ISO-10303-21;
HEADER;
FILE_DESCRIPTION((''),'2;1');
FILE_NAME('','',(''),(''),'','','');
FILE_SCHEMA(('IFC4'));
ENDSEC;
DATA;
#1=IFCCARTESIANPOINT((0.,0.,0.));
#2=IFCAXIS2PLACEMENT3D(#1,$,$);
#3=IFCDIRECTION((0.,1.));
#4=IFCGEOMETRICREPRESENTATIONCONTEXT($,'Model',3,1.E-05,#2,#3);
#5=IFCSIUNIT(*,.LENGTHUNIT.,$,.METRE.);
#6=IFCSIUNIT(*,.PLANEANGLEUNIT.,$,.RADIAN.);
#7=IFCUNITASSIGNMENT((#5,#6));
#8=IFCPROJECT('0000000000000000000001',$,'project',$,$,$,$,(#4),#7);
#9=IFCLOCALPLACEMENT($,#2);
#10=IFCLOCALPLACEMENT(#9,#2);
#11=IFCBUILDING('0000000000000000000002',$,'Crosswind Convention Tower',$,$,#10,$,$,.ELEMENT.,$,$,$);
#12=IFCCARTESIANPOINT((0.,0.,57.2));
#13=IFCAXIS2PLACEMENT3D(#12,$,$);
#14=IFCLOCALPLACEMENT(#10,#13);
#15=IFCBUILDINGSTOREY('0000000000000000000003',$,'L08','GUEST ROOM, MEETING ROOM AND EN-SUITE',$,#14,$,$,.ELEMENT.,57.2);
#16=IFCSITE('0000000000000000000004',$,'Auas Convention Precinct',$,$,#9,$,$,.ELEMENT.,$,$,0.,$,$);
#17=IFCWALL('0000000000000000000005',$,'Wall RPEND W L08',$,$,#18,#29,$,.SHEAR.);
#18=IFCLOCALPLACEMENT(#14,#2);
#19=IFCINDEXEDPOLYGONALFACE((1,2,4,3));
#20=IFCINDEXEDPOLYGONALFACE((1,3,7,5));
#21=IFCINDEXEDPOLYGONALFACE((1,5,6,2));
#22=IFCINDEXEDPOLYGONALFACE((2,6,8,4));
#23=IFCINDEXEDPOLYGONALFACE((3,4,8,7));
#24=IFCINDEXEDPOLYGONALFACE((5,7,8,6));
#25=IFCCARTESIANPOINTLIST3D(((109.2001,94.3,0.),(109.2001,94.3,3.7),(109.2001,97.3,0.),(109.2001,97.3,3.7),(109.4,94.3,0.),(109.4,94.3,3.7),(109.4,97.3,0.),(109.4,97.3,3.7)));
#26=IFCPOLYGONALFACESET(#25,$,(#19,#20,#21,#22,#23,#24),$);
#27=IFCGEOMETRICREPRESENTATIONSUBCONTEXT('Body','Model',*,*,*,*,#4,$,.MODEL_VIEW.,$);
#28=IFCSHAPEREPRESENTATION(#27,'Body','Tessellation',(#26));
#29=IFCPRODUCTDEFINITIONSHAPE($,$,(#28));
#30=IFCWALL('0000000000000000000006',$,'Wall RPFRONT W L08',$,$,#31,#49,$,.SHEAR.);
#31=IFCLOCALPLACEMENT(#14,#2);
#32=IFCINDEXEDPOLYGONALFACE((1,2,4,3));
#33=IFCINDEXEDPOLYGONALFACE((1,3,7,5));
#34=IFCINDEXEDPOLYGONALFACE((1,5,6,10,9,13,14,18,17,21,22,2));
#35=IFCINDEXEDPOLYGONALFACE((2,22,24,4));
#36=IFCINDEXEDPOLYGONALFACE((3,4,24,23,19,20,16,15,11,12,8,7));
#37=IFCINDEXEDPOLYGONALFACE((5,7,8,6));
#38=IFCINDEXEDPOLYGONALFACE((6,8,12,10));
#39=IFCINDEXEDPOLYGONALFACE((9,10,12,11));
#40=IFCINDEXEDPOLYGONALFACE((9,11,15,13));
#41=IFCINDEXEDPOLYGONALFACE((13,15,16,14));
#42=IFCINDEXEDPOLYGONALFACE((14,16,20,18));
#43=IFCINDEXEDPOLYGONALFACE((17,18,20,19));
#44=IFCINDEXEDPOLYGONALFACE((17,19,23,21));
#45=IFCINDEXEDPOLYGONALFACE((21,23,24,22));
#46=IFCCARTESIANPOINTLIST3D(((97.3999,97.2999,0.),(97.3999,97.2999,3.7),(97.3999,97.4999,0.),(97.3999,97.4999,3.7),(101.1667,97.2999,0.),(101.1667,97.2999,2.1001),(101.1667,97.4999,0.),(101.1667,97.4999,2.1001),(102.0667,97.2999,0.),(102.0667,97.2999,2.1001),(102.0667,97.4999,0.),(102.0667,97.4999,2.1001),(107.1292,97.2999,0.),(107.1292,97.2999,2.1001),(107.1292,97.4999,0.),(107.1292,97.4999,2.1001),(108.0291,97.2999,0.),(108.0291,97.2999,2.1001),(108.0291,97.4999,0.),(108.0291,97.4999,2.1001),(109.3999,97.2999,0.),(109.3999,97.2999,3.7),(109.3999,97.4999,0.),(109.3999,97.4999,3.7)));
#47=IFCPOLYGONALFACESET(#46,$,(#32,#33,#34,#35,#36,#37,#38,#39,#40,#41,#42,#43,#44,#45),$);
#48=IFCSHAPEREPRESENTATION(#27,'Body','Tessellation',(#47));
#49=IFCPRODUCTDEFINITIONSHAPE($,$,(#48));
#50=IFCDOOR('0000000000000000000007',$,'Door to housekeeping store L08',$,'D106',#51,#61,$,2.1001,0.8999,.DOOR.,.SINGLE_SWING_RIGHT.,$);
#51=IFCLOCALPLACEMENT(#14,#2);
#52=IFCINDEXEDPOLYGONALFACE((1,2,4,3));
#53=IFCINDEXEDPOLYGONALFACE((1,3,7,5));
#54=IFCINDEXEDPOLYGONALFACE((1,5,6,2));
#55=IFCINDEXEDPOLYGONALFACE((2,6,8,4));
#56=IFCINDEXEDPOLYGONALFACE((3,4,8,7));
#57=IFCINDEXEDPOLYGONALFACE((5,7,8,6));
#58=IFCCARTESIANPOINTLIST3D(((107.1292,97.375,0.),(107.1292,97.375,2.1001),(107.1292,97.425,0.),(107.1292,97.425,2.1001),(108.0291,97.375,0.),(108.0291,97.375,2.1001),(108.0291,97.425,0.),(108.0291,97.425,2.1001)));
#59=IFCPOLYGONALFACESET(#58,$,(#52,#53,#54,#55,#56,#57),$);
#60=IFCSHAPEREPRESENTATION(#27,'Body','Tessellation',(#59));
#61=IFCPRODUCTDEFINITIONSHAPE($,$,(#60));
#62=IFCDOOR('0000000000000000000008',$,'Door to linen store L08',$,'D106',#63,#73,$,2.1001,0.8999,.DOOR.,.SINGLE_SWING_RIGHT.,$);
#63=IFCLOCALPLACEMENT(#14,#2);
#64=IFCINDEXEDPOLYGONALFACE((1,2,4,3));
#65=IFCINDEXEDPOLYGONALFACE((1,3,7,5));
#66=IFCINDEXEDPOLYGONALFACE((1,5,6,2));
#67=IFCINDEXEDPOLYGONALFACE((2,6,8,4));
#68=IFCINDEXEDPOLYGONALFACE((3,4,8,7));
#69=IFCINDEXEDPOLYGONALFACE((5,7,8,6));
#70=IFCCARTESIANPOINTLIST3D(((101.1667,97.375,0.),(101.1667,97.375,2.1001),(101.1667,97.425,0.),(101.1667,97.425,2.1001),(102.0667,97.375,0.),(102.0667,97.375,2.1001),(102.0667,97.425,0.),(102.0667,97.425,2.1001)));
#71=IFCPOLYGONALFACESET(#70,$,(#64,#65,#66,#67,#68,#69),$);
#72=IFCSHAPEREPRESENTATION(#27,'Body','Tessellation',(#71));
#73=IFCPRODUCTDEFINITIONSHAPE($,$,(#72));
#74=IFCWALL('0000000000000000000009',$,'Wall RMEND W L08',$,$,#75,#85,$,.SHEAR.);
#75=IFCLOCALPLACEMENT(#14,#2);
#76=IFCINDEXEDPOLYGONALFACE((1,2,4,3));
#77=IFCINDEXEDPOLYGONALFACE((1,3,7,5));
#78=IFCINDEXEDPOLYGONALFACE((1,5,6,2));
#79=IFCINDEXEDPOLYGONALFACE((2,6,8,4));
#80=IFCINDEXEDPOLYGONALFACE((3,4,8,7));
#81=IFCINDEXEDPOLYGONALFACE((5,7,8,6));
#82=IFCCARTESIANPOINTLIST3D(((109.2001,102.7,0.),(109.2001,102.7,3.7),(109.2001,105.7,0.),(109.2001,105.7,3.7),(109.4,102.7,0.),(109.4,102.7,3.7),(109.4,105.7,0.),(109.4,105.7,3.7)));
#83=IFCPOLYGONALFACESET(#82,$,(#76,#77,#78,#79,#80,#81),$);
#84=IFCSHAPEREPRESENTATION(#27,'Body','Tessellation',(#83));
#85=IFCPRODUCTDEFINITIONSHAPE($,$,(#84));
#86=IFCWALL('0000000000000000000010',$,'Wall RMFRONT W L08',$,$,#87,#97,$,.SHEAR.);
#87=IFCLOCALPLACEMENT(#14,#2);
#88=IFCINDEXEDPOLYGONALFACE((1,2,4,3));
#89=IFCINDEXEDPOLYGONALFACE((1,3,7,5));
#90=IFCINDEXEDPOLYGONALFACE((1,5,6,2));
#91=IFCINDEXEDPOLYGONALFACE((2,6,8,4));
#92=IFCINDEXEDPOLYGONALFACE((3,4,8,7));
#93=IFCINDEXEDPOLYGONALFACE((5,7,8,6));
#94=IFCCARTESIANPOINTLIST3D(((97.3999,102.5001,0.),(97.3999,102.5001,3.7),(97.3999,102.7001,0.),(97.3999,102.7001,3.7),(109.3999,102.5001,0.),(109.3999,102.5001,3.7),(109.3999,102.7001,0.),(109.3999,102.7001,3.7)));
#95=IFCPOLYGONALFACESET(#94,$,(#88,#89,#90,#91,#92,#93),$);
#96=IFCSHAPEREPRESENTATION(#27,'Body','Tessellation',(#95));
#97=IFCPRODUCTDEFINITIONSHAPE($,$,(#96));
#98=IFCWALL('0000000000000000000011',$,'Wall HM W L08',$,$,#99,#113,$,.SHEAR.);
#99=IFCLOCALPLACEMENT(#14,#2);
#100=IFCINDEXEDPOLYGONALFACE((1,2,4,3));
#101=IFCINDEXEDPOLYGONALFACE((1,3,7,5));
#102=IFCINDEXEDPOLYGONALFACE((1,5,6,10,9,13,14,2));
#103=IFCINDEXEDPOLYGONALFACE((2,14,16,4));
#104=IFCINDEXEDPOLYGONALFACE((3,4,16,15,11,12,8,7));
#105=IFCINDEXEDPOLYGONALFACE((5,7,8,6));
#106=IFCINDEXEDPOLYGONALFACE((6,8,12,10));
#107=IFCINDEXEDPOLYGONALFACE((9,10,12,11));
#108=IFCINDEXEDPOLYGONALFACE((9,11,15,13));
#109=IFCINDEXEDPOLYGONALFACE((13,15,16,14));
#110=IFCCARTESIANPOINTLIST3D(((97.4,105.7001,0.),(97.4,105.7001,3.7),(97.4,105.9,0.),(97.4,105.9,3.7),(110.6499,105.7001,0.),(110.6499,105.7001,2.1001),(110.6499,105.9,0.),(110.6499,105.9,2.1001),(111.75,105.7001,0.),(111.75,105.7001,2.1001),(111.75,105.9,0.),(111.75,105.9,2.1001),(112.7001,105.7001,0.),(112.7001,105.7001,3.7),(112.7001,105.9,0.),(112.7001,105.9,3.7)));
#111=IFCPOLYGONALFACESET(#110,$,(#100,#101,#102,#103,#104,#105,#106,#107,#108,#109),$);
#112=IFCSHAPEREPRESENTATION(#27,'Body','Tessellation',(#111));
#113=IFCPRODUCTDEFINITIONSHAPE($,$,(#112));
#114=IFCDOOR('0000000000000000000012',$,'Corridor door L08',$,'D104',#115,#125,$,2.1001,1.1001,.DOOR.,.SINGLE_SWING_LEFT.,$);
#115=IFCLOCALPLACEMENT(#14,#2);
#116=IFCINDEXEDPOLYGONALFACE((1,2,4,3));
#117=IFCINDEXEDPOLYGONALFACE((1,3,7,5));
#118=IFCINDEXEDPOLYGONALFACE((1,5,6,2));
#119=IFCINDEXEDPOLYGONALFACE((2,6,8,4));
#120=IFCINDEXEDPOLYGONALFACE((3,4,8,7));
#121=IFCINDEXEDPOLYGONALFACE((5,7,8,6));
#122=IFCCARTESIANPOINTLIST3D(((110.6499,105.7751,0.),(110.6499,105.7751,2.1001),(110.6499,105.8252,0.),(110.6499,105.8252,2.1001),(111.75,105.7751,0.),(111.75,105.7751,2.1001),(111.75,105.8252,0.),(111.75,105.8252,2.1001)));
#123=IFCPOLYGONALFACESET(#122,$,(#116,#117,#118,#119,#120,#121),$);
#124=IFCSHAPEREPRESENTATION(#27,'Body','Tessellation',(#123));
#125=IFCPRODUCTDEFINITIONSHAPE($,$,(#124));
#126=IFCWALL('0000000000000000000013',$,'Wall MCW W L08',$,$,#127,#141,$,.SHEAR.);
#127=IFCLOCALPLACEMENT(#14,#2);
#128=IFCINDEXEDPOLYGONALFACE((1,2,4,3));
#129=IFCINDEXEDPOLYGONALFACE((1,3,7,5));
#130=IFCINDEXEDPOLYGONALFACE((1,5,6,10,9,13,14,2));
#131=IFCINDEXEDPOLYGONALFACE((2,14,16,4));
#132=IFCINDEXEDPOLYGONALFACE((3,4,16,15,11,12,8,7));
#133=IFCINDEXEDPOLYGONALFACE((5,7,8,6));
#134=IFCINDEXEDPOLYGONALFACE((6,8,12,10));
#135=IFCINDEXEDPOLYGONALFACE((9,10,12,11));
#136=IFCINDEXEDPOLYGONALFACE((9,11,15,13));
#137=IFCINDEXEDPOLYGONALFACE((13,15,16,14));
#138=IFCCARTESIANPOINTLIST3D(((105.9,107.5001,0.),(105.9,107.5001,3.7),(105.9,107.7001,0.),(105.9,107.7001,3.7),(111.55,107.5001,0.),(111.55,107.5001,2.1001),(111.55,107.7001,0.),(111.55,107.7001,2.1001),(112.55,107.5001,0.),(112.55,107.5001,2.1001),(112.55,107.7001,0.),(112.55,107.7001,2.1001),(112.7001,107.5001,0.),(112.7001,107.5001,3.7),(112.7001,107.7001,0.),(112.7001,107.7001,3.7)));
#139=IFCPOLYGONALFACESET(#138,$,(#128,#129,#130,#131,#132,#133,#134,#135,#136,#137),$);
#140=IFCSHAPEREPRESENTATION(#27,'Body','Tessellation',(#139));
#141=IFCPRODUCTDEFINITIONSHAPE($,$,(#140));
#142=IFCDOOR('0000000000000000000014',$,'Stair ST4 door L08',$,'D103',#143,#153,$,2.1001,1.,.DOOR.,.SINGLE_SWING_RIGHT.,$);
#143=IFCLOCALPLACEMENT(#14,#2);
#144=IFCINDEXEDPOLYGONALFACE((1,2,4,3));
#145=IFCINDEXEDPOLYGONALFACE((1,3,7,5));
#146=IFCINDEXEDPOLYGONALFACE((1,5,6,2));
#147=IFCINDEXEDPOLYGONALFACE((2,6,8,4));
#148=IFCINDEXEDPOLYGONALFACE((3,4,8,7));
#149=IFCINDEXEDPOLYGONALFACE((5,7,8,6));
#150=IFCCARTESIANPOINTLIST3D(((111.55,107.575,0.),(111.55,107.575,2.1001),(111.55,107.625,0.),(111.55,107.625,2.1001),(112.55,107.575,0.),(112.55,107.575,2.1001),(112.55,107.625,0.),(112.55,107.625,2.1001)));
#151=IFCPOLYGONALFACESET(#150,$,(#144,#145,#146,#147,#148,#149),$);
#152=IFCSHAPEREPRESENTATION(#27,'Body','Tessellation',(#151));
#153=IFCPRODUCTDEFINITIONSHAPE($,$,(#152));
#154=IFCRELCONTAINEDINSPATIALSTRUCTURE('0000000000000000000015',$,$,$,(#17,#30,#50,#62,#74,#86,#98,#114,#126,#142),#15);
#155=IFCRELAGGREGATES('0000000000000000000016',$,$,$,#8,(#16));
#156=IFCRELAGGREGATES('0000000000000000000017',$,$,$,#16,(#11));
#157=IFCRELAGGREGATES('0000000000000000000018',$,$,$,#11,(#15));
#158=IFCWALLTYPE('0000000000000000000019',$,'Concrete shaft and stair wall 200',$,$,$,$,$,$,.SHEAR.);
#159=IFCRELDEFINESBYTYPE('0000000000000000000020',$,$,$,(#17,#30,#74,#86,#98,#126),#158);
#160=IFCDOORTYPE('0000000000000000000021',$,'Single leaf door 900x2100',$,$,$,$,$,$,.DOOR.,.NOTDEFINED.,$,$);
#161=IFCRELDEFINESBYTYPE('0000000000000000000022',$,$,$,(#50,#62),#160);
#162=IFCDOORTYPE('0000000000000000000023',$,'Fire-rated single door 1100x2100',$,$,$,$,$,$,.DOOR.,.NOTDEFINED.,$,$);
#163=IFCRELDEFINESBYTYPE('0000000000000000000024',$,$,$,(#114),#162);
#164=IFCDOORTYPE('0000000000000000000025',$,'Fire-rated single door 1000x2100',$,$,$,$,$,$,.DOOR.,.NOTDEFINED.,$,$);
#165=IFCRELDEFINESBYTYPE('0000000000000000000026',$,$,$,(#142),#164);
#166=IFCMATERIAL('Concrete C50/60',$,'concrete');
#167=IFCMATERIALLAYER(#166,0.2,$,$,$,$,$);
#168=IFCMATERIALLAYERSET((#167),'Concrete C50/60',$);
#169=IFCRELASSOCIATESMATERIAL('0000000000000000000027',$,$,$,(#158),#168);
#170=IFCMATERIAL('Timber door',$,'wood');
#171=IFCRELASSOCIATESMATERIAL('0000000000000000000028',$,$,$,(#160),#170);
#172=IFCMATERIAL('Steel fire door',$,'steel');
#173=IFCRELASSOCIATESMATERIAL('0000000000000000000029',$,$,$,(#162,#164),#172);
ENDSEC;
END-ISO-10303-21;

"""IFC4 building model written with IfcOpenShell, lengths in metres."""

from ifc_helpers import new_model, si_unit, direction, frame, frame_2d, origin, place, context, subcontext, project, spatial, rectangle, extrude, material, layer, layer_set, type_object, element, fill, save


model = new_model("IFC4")

# Units and contexts
model_context = context("Model", 3, precision=1e-05, world=origin(), true_north=direction((0.0, 1.0)))
body_context = subcontext(model_context, "Body", "Model", "MODEL_VIEW")
ifc_project = project(units=[si_unit("LENGTHUNIT", "METRE"), si_unit("PLANEANGLEUNIT", "RADIAN")], contexts=[model_context])

# Site, building, storey
site_placement = place(None, origin())
site = spatial("IfcSite", under=ifc_project, at=site_placement, Name="Auas Convention Precinct", CompositionType="ELEMENT", RefElevation=0.0)
building_placement = place(site_placement, origin())
building = spatial("IfcBuilding", under=site, at=building_placement, Name="Crosswind Convention Tower", CompositionType="ELEMENT")
storey_placement = place(building_placement, frame((0.0, 0.0, 57.2)))
storey = spatial("IfcBuildingStorey", under=building, at=storey_placement, Name="L08", Description="GUEST ROOM, MEETING ROOM AND EN-SUITE", CompositionType="ELEMENT", Elevation=57.2)

# Shared definitions
ifc_material_1 = material(Name="Concrete C50/60", Category="concrete")

# Wall
ifc_layer_1 = layer(ifc_material_1, 0.2)
ifc_layer_set_1 = layer_set([ifc_layer_1], Name="Concrete C50/60")
wall_type_1 = type_object("IfcWallType", Name="Concrete shaft and stair wall 200", PredefinedType="SHEAR", material=ifc_layer_set_1)
wall_1_placement = place(storey_placement, frame((109.3, 97.3, 0.0), z_axis=(0.0, 0.0, 1.0), x_axis=(0.0, -1.0, 0.0)))
element("IfcWall", 1, at=wall_1_placement, inside=storey, type_object=wall_type_1, Name="Wall RPEND W L08", PredefinedType="SHEAR", context=body_context, shape_type="SweptSolid", body=[
    extrude(rectangle(XDim=3.0, YDim=0.2, at=frame_2d((1.5, 0.0))), origin(), (0.0, 0.0, 1.0), 3.7),
])

# Wall, openings, doors
wall_2_placement = place(storey_placement, frame((109.3999, 97.3999, 0.0), z_axis=(0.0, 0.0, 1.0), x_axis=(-1.0, 0.0, 0.0)))
wall_2 = element("IfcWall", 2, at=wall_2_placement, inside=storey, type_object=wall_type_1, Name="Wall RPFRONT W L08", PredefinedType="SHEAR", context=body_context, shape_type="SweptSolid", body=[
    extrude(rectangle(XDim=12.0, YDim=0.2, at=frame_2d((6.0, 0.0))), origin(), (0.0, 0.0, 1.0), 3.7),
])
opening_1_placement = place(wall_2_placement, frame((1.3708, 0.0, 0.0)))
opening_1 = element("IfcOpeningElement", 3, at=opening_1_placement, cuts=wall_2, PredefinedType="OPENING", context=body_context, shape_type="SweptSolid", body=[
    extrude(rectangle(XDim=0.8999, YDim=2.1001, at=frame_2d((0.45, 1.05))), frame((0.0, 0.1099, 0.0), z_axis=(0.0, -1.0, 0.0), x_axis=(1.0, 0.0, 0.0)), (0.0, 0.0, 1.0), 0.22),
])
opening_2_placement = place(wall_2_placement, frame((7.3333, 0.0, 0.0)))
opening_2 = element("IfcOpeningElement", 4, at=opening_2_placement, cuts=wall_2, PredefinedType="OPENING", context=body_context, shape_type="SweptSolid", body=[
    extrude(rectangle(XDim=0.8999, YDim=2.1001, at=frame_2d((0.45, 1.05))), frame((0.0, 0.1099, 0.0), z_axis=(0.0, -1.0, 0.0), x_axis=(1.0, 0.0, 0.0)), (0.0, 0.0, 1.0), 0.22),
])
ifc_material_2 = material(Name="Timber door", Category="wood")
door_type_1 = type_object("IfcDoorType", Name="Single leaf door 900x2100", OperationType="NOTDEFINED", PredefinedType="DOOR", material=ifc_material_2)
door_1_placement = place(opening_1_placement, origin())
door_1 = element("IfcDoor", 5, at=door_1_placement, inside=storey, type_object=door_type_1, Name="Door to housekeeping store L08", ObjectType="D106", OperationType="SINGLE_SWING_RIGHT", OverallHeight=2.1001, OverallWidth=0.8999, PredefinedType="DOOR", context=body_context, shape_type="SweptSolid", body=[
    extrude(rectangle(XDim=0.8999, YDim=2.1001, at=frame_2d((0.45, 1.05))), frame((0.0, 0.0249, 0.0), z_axis=(0.0, -1.0, 0.0), x_axis=(1.0, 0.0, 0.0)), (0.0, 0.0, 1.0), 0.05),
])
fill(opening_1, door_1)
door_2_placement = place(opening_2_placement, origin())
door_2 = element("IfcDoor", 6, at=door_2_placement, inside=storey, type_object=door_type_1, Name="Door to linen store L08", ObjectType="D106", OperationType="SINGLE_SWING_RIGHT", OverallHeight=2.1001, OverallWidth=0.8999, PredefinedType="DOOR", context=body_context, shape_type="SweptSolid", body=[
    extrude(rectangle(XDim=0.8999, YDim=2.1001, at=frame_2d((0.45, 1.05))), frame((0.0, 0.0249, 0.0), z_axis=(0.0, -1.0, 0.0), x_axis=(1.0, 0.0, 0.0)), (0.0, 0.0, 1.0), 0.05),
])
fill(opening_2, door_2)

# Walls
wall_3_placement = place(storey_placement, frame((109.3, 105.7, 0.0), z_axis=(0.0, 0.0, 1.0), x_axis=(0.0, -1.0, 0.0)))
element("IfcWall", 7, at=wall_3_placement, inside=storey, type_object=wall_type_1, Name="Wall RMEND W L08", PredefinedType="SHEAR", context=body_context, shape_type="SweptSolid", body=[
    extrude(rectangle(XDim=3.0, YDim=0.2, at=frame_2d((1.5, 0.0))), origin(), (0.0, 0.0, 1.0), 3.7),
])
wall_4_placement = place(storey_placement, frame((109.3999, 102.6001, 0.0), z_axis=(0.0, 0.0, 1.0), x_axis=(-1.0, 0.0, 0.0)))
element("IfcWall", 8, at=wall_4_placement, inside=storey, type_object=wall_type_1, Name="Wall RMFRONT W L08", PredefinedType="SHEAR", context=body_context, shape_type="SweptSolid", body=[
    extrude(rectangle(XDim=12.0, YDim=0.2, at=frame_2d((6.0, 0.0))), origin(), (0.0, 0.0, 1.0), 3.7),
])

# Walls, openings, doors
wall_5_placement = place(storey_placement, frame((112.7, 105.8, 0.0), z_axis=(0.0, 0.0, 1.0), x_axis=(-1.0, 0.0, 0.0)))
wall_5 = element("IfcWall", 9, at=wall_5_placement, inside=storey, type_object=wall_type_1, Name="Wall HM W L08", PredefinedType="SHEAR", context=body_context, shape_type="SweptSolid", body=[
    extrude(rectangle(XDim=15.3, YDim=0.2, at=frame_2d((7.6499, 0.0))), origin(), (0.0, 0.0, 1.0), 3.7),
])
opening_3_placement = place(wall_5_placement, frame((0.95, 0.0, 0.0)))
opening_3 = element("IfcOpeningElement", 10, at=opening_3_placement, cuts=wall_5, PredefinedType="OPENING", context=body_context, shape_type="SweptSolid", body=[
    extrude(rectangle(XDim=1.1001, YDim=2.1001, at=frame_2d((0.55, 1.05))), frame((0.0, 0.1099, 0.0), z_axis=(0.0, -1.0, 0.0), x_axis=(1.0, 0.0, 0.0)), (0.0, 0.0, 1.0), 0.22),
])
ifc_material_3 = material(Name="Steel fire door", Category="steel")
door_type_2 = type_object("IfcDoorType", Name="Fire-rated single door 1100x2100", OperationType="NOTDEFINED", PredefinedType="DOOR", material=ifc_material_3)
door_3_placement = place(opening_3_placement, origin())
door_3 = element("IfcDoor", 11, at=door_3_placement, inside=storey, type_object=door_type_2, Name="Corridor door L08", ObjectType="D104", OperationType="SINGLE_SWING_LEFT", OverallHeight=2.1001, OverallWidth=1.1001, PredefinedType="DOOR", context=body_context, shape_type="SweptSolid", body=[
    extrude(rectangle(XDim=1.1001, YDim=2.1001, at=frame_2d((0.55, 1.05))), frame((0.0, 0.0249, 0.0), z_axis=(0.0, -1.0, 0.0), x_axis=(1.0, 0.0, 0.0)), (0.0, 0.0, 1.0), 0.05),
])
fill(opening_3, door_3)
wall_6_placement = place(storey_placement, frame((112.7, 107.6001, 0.0), z_axis=(0.0, 0.0, 1.0), x_axis=(-1.0, 0.0, 0.0)))
wall_6 = element("IfcWall", 12, at=wall_6_placement, inside=storey, type_object=wall_type_1, Name="Wall MCW W L08", PredefinedType="SHEAR", context=body_context, shape_type="SweptSolid", body=[
    extrude(rectangle(XDim=6.8, YDim=0.2, at=frame_2d((3.3999, 0.0))), origin(), (0.0, 0.0, 1.0), 3.7),
])
opening_4_placement = place(wall_6_placement, frame((0.1499, 0.0, 0.0)))
opening_4 = element("IfcOpeningElement", 13, at=opening_4_placement, cuts=wall_6, PredefinedType="OPENING", context=body_context, shape_type="SweptSolid", body=[
    extrude(rectangle(XDim=1.0, YDim=2.1001, at=frame_2d((0.5, 1.05))), frame((0.0, 0.1099, 0.0), z_axis=(0.0, -1.0, 0.0), x_axis=(1.0, 0.0, 0.0)), (0.0, 0.0, 1.0), 0.22),
])
door_type_3 = type_object("IfcDoorType", Name="Fire-rated single door 1000x2100", OperationType="NOTDEFINED", PredefinedType="DOOR", material=ifc_material_3)
door_4_placement = place(opening_4_placement, frame((1.0, 0.0, 0.0), z_axis=(0.0, 0.0, 1.0), x_axis=(-1.0, 0.0, 0.0)))
door_4 = element("IfcDoor", 14, at=door_4_placement, inside=storey, type_object=door_type_3, Name="Stair ST4 door L08", ObjectType="D103", OperationType="SINGLE_SWING_RIGHT", OverallHeight=2.1001, OverallWidth=1.0, PredefinedType="DOOR", context=body_context, shape_type="SweptSolid", body=[
    extrude(rectangle(XDim=1.0, YDim=2.1001, at=frame_2d((0.5, 1.05))), frame((0.0, 0.0249, 0.0), z_axis=(0.0, -1.0, 0.0), x_axis=(1.0, 0.0, 0.0)), (0.0, 0.0, 1.0), 0.05),
])
fill(opening_4, door_4)

save(model, "model.ifc")
